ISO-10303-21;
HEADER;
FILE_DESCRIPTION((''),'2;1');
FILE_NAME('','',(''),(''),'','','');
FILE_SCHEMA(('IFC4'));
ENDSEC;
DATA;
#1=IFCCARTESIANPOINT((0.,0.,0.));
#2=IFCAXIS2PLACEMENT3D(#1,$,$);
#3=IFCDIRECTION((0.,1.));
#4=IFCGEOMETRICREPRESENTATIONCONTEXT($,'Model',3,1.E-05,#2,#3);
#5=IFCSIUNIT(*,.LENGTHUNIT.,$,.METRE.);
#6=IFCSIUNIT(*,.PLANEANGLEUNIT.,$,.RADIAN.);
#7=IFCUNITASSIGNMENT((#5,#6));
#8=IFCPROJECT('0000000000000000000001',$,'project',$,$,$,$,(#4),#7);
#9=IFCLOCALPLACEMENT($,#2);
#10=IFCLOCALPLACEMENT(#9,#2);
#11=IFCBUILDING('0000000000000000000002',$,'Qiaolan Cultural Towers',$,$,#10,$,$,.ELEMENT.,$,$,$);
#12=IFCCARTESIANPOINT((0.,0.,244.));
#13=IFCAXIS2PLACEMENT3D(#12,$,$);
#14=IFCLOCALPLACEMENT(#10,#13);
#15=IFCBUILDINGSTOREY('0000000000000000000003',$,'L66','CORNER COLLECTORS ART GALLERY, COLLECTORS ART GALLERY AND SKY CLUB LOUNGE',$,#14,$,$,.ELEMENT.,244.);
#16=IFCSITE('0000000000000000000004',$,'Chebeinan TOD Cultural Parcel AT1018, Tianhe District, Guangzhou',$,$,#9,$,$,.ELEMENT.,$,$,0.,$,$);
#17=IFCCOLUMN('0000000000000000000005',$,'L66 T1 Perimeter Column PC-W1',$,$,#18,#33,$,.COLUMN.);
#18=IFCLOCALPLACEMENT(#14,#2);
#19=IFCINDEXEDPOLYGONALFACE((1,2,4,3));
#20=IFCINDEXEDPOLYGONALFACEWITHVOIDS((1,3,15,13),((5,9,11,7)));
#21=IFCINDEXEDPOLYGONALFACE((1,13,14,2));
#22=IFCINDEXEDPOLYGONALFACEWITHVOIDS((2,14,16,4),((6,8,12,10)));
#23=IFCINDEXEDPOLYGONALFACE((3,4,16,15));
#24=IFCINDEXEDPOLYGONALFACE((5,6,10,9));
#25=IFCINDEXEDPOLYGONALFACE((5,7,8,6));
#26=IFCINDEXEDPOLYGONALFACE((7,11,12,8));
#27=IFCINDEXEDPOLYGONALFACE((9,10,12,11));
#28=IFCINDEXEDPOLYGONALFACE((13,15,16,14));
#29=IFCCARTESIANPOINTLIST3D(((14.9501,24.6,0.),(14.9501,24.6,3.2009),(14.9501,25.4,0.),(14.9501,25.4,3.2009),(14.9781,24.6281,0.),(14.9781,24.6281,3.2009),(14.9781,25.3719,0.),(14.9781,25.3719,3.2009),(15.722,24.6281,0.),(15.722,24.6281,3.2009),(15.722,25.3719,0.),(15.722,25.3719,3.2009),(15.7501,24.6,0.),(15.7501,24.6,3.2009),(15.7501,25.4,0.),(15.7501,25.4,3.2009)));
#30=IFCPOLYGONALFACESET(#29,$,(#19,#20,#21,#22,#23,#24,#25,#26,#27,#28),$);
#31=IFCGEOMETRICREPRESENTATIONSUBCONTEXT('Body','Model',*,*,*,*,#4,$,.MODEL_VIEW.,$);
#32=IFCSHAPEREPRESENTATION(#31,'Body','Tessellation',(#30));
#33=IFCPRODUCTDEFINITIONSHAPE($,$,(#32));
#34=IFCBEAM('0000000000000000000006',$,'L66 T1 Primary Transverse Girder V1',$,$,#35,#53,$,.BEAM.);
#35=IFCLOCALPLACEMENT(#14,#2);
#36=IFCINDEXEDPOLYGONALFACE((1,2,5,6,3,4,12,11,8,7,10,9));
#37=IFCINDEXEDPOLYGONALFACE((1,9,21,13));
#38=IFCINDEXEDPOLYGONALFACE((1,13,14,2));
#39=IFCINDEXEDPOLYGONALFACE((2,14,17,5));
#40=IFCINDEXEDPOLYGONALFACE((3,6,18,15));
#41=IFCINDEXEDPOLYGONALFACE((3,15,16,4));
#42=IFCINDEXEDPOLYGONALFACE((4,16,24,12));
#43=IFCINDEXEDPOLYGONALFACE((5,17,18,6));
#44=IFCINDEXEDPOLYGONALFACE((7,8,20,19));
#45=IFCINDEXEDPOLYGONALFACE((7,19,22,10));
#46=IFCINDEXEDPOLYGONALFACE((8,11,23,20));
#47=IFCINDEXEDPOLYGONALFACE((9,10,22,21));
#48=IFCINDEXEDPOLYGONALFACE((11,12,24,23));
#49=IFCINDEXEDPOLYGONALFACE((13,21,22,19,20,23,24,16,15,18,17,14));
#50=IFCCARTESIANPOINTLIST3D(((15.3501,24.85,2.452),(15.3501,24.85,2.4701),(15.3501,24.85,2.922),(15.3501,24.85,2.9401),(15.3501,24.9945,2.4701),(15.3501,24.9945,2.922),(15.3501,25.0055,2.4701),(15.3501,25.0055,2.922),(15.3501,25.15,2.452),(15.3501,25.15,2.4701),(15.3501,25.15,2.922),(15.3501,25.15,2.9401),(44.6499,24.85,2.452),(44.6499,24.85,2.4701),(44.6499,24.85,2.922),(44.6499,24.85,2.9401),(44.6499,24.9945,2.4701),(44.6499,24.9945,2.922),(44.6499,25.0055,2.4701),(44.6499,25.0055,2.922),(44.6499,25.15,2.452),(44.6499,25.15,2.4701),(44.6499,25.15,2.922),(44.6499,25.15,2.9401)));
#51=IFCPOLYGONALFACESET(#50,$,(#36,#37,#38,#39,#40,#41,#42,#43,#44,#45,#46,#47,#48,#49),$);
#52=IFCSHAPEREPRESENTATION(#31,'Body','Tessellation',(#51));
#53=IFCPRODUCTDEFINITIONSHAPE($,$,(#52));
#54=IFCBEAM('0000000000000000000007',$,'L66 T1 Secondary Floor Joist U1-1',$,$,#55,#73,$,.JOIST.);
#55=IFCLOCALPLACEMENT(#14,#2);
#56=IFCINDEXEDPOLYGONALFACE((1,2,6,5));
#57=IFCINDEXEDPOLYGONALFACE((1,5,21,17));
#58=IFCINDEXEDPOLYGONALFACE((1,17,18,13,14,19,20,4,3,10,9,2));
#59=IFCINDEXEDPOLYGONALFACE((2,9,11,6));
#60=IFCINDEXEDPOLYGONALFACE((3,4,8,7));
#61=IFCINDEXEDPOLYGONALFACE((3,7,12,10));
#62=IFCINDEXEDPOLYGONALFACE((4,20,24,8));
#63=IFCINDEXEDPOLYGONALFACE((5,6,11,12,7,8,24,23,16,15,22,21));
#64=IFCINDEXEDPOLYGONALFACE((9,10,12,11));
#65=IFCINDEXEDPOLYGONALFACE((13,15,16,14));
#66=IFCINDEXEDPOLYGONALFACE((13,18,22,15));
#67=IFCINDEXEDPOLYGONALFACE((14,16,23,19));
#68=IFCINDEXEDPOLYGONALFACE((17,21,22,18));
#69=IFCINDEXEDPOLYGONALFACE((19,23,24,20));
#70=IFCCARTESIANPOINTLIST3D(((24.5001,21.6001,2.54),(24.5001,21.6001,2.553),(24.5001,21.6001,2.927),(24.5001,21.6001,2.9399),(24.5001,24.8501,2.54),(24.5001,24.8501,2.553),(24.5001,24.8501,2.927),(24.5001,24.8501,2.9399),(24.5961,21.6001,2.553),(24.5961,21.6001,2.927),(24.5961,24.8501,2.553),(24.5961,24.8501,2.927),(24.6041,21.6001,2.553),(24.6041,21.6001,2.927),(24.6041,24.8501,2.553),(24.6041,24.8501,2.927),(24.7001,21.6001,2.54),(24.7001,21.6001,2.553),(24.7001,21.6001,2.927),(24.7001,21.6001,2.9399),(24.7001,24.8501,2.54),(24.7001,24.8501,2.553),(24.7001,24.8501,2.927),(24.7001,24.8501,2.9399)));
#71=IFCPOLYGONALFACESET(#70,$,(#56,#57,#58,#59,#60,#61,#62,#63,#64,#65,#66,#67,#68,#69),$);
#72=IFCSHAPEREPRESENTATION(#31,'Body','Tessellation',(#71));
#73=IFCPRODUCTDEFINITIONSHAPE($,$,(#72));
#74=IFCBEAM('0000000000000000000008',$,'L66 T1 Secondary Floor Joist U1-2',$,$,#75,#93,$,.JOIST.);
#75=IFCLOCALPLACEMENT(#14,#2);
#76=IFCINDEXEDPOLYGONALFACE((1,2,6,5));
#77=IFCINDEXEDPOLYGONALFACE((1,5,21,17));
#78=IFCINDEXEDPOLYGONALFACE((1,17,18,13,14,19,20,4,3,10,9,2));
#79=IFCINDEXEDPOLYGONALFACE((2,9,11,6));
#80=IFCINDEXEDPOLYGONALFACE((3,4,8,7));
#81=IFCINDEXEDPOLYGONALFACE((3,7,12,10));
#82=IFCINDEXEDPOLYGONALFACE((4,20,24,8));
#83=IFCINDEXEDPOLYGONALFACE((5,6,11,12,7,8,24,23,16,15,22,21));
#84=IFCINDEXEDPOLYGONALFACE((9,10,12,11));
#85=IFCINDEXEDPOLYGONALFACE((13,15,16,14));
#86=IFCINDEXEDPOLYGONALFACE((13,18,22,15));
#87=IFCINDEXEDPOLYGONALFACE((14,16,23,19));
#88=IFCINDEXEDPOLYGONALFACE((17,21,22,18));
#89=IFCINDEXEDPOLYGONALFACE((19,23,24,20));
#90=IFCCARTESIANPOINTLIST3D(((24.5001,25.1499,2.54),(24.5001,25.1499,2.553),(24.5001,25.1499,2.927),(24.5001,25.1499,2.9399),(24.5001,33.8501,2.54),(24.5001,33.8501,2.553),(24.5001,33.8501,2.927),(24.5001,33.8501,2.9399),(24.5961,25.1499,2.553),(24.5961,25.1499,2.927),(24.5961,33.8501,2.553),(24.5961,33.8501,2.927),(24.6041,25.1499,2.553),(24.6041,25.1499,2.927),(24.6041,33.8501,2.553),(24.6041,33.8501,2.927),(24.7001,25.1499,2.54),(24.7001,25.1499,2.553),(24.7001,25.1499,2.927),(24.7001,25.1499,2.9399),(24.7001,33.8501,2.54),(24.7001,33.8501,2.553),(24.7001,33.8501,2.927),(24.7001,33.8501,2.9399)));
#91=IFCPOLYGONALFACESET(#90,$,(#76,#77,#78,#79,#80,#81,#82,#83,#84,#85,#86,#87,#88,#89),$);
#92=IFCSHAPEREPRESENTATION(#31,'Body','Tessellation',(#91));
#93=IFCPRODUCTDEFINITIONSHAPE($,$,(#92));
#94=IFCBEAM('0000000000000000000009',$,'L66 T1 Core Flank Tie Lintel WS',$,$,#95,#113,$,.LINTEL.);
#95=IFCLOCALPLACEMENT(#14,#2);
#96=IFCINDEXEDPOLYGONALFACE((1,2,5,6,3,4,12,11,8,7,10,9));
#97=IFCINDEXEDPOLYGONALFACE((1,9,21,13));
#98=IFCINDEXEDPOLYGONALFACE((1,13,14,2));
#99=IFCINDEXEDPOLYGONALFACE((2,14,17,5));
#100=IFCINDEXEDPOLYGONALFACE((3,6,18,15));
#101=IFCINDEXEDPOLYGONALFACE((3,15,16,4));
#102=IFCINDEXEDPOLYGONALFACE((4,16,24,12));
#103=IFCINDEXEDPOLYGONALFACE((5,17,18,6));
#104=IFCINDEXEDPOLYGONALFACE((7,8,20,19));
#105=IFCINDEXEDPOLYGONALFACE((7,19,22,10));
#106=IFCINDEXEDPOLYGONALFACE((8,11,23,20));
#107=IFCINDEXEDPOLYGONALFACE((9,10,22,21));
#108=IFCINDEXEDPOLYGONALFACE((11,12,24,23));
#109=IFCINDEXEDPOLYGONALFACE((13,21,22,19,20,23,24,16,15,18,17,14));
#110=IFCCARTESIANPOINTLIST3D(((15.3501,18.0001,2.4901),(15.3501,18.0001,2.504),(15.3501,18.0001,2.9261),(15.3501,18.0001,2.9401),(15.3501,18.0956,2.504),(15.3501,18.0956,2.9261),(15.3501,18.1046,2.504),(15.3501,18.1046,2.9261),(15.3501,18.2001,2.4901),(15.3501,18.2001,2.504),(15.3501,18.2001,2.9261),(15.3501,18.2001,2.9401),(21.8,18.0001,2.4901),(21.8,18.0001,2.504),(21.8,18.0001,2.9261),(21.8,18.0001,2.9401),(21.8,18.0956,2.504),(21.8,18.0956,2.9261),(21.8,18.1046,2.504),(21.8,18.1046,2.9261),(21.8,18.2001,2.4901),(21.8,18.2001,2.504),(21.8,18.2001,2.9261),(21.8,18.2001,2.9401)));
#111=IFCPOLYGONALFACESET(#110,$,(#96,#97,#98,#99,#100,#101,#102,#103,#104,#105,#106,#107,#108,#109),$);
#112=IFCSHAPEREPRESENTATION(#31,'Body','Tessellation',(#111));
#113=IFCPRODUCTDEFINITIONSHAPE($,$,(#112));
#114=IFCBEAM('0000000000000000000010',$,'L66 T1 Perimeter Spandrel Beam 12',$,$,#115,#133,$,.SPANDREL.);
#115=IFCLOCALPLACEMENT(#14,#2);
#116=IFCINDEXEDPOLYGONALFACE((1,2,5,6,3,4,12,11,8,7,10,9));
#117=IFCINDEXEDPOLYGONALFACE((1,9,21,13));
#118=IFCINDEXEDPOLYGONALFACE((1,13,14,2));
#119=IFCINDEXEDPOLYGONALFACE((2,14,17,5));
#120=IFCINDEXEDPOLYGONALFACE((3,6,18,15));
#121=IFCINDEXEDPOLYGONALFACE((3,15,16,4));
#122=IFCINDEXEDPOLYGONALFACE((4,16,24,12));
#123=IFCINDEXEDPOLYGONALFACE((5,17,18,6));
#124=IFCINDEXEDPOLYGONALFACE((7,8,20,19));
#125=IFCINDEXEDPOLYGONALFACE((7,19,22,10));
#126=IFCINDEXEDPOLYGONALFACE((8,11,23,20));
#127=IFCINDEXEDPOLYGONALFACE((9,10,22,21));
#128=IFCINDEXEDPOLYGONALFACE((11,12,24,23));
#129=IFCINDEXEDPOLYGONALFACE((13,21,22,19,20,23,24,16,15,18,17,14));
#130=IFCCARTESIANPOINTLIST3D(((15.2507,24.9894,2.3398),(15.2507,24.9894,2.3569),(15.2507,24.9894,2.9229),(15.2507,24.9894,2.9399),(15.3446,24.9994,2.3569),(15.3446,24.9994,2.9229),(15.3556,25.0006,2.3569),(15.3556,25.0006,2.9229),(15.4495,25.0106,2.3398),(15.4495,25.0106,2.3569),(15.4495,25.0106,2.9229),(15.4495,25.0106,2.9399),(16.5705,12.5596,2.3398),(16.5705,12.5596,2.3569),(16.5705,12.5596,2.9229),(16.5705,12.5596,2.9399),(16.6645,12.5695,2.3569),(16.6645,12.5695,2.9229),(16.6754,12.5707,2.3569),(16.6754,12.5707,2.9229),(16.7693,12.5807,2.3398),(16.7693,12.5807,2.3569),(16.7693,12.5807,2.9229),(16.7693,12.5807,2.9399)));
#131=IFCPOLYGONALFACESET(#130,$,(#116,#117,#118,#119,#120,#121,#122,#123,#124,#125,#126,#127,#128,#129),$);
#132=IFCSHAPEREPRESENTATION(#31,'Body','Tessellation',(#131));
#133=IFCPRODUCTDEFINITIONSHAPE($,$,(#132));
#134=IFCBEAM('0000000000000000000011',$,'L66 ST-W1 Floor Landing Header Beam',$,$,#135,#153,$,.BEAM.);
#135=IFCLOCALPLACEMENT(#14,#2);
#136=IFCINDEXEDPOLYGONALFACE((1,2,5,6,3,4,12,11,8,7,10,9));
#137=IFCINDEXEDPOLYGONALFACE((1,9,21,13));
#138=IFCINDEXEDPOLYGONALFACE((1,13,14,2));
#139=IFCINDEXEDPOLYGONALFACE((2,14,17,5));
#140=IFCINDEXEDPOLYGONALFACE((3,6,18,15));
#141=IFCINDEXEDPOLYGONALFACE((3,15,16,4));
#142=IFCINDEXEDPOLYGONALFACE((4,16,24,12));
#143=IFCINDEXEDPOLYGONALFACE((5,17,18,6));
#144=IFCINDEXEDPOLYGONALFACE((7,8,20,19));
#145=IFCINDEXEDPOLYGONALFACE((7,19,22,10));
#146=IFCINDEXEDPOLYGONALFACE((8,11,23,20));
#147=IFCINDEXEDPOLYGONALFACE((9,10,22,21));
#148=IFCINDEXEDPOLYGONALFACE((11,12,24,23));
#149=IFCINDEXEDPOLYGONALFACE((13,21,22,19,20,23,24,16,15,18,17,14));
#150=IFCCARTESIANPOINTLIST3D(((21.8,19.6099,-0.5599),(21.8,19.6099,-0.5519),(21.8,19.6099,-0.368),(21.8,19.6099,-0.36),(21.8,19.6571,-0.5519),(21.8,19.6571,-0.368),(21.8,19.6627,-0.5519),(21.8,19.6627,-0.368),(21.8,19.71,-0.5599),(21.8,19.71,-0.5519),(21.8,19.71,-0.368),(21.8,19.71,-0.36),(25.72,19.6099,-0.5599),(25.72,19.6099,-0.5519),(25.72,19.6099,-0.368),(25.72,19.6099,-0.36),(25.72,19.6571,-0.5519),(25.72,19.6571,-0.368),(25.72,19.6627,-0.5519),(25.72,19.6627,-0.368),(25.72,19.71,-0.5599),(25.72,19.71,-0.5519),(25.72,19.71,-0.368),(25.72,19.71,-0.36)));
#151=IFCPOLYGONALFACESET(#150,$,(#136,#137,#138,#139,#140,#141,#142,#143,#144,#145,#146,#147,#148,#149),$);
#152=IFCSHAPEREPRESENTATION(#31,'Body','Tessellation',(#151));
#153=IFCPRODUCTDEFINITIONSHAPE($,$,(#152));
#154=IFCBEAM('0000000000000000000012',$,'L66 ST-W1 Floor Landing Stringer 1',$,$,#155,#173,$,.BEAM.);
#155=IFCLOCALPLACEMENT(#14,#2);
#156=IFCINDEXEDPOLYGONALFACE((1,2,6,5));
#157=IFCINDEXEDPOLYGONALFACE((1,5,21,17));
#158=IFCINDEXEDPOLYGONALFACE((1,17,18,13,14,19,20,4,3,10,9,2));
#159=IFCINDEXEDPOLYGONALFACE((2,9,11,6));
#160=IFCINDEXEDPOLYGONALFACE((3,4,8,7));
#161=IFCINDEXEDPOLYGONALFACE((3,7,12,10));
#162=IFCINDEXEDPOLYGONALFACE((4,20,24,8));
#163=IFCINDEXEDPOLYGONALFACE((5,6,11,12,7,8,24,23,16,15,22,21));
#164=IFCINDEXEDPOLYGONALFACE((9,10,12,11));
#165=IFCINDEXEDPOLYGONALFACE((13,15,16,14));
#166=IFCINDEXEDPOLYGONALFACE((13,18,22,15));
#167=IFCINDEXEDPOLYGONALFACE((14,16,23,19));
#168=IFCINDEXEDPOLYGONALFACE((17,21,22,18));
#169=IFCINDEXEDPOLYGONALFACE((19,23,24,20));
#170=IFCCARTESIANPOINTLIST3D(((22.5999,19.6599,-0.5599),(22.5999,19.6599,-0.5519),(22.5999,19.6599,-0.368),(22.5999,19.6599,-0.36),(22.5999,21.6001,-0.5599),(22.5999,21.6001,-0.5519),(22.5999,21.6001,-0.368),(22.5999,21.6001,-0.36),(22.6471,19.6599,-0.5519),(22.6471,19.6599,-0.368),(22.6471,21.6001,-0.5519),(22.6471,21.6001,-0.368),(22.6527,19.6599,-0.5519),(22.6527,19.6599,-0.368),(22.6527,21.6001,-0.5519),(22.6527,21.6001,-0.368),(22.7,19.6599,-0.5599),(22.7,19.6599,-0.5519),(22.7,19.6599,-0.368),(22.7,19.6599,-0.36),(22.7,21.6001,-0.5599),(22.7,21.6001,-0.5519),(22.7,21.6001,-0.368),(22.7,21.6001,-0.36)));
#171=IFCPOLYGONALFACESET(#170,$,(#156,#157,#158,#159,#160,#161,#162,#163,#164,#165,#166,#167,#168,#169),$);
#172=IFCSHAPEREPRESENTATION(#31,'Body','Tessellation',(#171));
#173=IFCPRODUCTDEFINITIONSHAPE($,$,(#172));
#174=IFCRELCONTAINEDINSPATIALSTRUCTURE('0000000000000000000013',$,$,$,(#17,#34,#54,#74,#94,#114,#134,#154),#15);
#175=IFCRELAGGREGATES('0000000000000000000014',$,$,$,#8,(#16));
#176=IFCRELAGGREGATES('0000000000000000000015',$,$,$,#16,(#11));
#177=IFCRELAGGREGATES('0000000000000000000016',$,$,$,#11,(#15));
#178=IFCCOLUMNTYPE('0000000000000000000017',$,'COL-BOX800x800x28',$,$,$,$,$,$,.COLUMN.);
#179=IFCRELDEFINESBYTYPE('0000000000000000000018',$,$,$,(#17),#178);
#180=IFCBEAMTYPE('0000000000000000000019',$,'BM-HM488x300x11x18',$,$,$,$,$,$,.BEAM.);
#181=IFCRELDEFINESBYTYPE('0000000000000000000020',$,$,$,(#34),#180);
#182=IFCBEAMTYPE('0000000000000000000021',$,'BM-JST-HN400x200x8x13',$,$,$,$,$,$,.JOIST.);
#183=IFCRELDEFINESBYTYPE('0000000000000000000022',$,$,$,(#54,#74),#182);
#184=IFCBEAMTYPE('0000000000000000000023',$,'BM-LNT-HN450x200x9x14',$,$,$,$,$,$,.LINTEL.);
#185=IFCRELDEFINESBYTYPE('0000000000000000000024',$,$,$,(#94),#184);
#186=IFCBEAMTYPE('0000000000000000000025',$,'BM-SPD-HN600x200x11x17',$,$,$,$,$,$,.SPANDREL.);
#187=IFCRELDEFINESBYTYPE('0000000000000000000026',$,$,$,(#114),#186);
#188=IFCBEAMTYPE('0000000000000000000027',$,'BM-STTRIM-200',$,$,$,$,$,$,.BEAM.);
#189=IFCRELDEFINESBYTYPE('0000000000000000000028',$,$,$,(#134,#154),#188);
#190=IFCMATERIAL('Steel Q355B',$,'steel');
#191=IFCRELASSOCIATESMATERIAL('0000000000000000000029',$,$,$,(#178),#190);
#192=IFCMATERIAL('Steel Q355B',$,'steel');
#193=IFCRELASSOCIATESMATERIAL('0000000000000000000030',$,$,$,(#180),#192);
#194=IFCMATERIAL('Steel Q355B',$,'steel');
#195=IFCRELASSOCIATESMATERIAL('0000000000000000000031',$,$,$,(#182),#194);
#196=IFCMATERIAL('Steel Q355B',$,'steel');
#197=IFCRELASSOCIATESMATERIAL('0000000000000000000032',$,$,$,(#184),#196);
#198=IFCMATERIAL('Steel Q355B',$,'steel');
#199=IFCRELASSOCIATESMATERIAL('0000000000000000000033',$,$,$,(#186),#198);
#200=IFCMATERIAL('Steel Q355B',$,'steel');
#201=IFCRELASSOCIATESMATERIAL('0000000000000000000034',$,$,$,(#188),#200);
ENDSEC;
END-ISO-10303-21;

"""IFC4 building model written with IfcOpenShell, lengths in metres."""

from ifc_helpers import new_model, si_unit, direction, frame, origin, origin_2d, place, context, subcontext, project, spatial, hollow_rectangle, i_section, extrude, material, material_profile, profile_set, type_object, element, save


model = new_model("IFC4")

# Units and contexts
model_context = context("Model", 3, precision=1e-05, world=origin(), true_north=direction((0.0, 1.0)))
body_context = subcontext(model_context, "Body", "Model", "MODEL_VIEW")
ifc_project = project(units=[si_unit("LENGTHUNIT", "METRE"), si_unit("PLANEANGLEUNIT", "RADIAN")], contexts=[model_context])

# Site, building, storey
site_placement = place(None, origin())
site = spatial("IfcSite", under=ifc_project, at=site_placement, Name="Chebeinan TOD Cultural Parcel AT1018, Tianhe District, Guangzhou", CompositionType="ELEMENT", RefElevation=0.0)
building_placement = place(site_placement, origin())
building = spatial("IfcBuilding", under=site, at=building_placement, Name="Qiaolan Cultural Towers", CompositionType="ELEMENT")
storey_placement = place(building_placement, frame((0.0, 0.0, 244.0)))
storey = spatial("IfcBuildingStorey", under=building, at=storey_placement, Name="L66", Description="CORNER COLLECTORS ART GALLERY, COLLECTORS ART GALLERY AND SKY CLUB LOUNGE", CompositionType="ELEMENT", Elevation=244.0)

# Column
ifc_material_1 = material(Name="Steel Q355B", Category="steel")
ifc_material_profile_1 = material_profile(ifc_material_1, hollow_rectangle(XDim=0.8, YDim=0.8, WallThickness=0.0281, at=origin_2d()), Name="BOX800x800x28")
ifc_profile_set_1 = profile_set([ifc_material_profile_1], Name="Steel Q355B")
column_type = type_object("IfcColumnType", Name="COL-BOX800x800x28", PredefinedType="COLUMN", material=ifc_profile_set_1)
column_placement = place(storey_placement, frame((15.3501, 25.0, 0.0), z_axis=(0.0, 0.0, 1.0), x_axis=(1.0, 0.0, 0.0)))
element("IfcColumn", 1, at=column_placement, inside=storey, type_object=column_type, Name="L66 T1 Perimeter Column PC-W1", PredefinedType="COLUMN", context=body_context, shape_type="SweptSolid", body=[
    extrude(hollow_rectangle(XDim=0.8, YDim=0.8, WallThickness=0.0281, at=origin_2d()), origin(), (0.0, 0.0, 1.0), 3.2009),
])

# Beams
ifc_material_2 = material(Name="Steel Q355B", Category="steel")
ifc_material_profile_2 = material_profile(ifc_material_2, i_section(OverallWidth=0.3, OverallDepth=0.488, WebThickness=0.011, FlangeThickness=0.0181, at=origin_2d()), Name="HM488x300x11x18")
ifc_profile_set_2 = profile_set([ifc_material_profile_2], Name="Steel Q355B")
beam_type_1 = type_object("IfcBeamType", Name="BM-HM488x300x11x18", PredefinedType="BEAM", material=ifc_profile_set_2)
beam_1_placement = place(storey_placement, frame((15.3501, 25.0, 2.696), z_axis=(1.0, 0.0, 0.0), x_axis=(0.0, 1.0, 0.0)))
element("IfcBeam", 2, at=beam_1_placement, inside=storey, type_object=beam_type_1, Name="L66 T1 Primary Transverse Girder V1", PredefinedType="BEAM", context=body_context, shape_type="SweptSolid", body=[
    extrude(i_section(OverallWidth=0.3, OverallDepth=0.488, WebThickness=0.011, FlangeThickness=0.0181, at=origin_2d()), origin(), (0.0, 0.0, 1.0), 29.2998),
])
ifc_material_3 = material(Name="Steel Q355B", Category="steel")
ifc_material_profile_3 = material_profile(ifc_material_3, i_section(OverallWidth=0.2, OverallDepth=0.3999, WebThickness=0.0081, FlangeThickness=0.0129, at=origin_2d()), Name="HN400x200x8x13")
ifc_profile_set_3 = profile_set([ifc_material_profile_3], Name="Steel Q355B")
beam_type_2 = type_object("IfcBeamType", Name="BM-JST-HN400x200x8x13", PredefinedType="JOIST", material=ifc_profile_set_3)
beam_2_placement = place(storey_placement, frame((24.6001, 21.6001, 2.74), z_axis=(0.0, 1.0, 0.0), x_axis=(-1.0, 0.0, 0.0)))
element("IfcBeam", 3, at=beam_2_placement, inside=storey, type_object=beam_type_2, Name="L66 T1 Secondary Floor Joist U1-1", PredefinedType="JOIST", context=body_context, shape_type="SweptSolid", body=[
    extrude(i_section(OverallWidth=0.2, OverallDepth=0.3999, WebThickness=0.0081, FlangeThickness=0.0129, at=origin_2d()), origin(), (0.0, 0.0, 1.0), 3.25),
])
beam_3_placement = place(storey_placement, frame((24.6001, 25.1499, 2.74), z_axis=(0.0, 1.0, 0.0), x_axis=(-1.0, 0.0, 0.0)))
element("IfcBeam", 4, at=beam_3_placement, inside=storey, type_object=beam_type_2, Name="L66 T1 Secondary Floor Joist U1-2", PredefinedType="JOIST", context=body_context, shape_type="SweptSolid", body=[
    extrude(i_section(OverallWidth=0.2, OverallDepth=0.3999, WebThickness=0.0081, FlangeThickness=0.0129, at=origin_2d()), origin(), (0.0, 0.0, 1.0), 8.7002),
])
ifc_material_4 = material(Name="Steel Q355B", Category="steel")
ifc_material_profile_4 = material_profile(ifc_material_4, i_section(OverallWidth=0.2, OverallDepth=0.45, WebThickness=0.009, FlangeThickness=0.0139, at=origin_2d()), Name="HN450x200x9x14")
ifc_profile_set_4 = profile_set([ifc_material_profile_4], Name="Steel Q355B")
beam_type_3 = type_object("IfcBeamType", Name="BM-LNT-HN450x200x9x14", PredefinedType="LINTEL", material=ifc_profile_set_4)
beam_4_placement = place(storey_placement, frame((21.8, 18.1001, 2.7151), z_axis=(-1.0, 0.0, 0.0), x_axis=(0.0, -1.0, 0.0)))
element("IfcBeam", 5, at=beam_4_placement, inside=storey, type_object=beam_type_3, Name="L66 T1 Core Flank Tie Lintel WS", PredefinedType="LINTEL", context=body_context, shape_type="SweptSolid", body=[
    extrude(i_section(OverallWidth=0.2, OverallDepth=0.45, WebThickness=0.009, FlangeThickness=0.0139, at=origin_2d()), origin(), (0.0, 0.0, 1.0), 6.45),
])
ifc_material_5 = material(Name="Steel Q355B", Category="steel")
ifc_material_profile_5 = material_profile(ifc_material_5, i_section(OverallWidth=0.2, OverallDepth=0.6001, WebThickness=0.011, FlangeThickness=0.0171, at=origin_2d()), Name="HN600x200x11x17")
ifc_profile_set_5 = profile_set([ifc_material_profile_5], Name="Steel Q355B")
beam_type_4 = type_object("IfcBeamType", Name="BM-SPD-HN600x200x11x17", PredefinedType="SPANDREL", material=ifc_profile_set_5)
beam_5_placement = place(storey_placement, frame((15.3501, 25.0, 2.6399), z_axis=(0.105588, -0.99441, 0.0), x_axis=(0.99441, 0.105588, 0.0)))
element("IfcBeam", 6, at=beam_5_placement, inside=storey, type_object=beam_type_4, Name="L66 T1 Perimeter Spandrel Beam 12", PredefinedType="SPANDREL", context=body_context, shape_type="SweptSolid", body=[
    extrude(i_section(OverallWidth=0.2, OverallDepth=0.6001, WebThickness=0.011, FlangeThickness=0.0171, at=origin_2d()), origin(), (0.0, 0.0, 1.0), 12.4998),
])
ifc_material_6 = material(Name="Steel Q355B", Category="steel")
ifc_material_profile_6 = material_profile(ifc_material_6, i_section(OverallWidth=0.1001, OverallDepth=0.2, WebThickness=0.0056, FlangeThickness=0.0081, at=origin_2d()), Name="HN200x100x5.5x8")
ifc_profile_set_6 = profile_set([ifc_material_profile_6], Name="Steel Q355B")
beam_type_5 = type_object("IfcBeamType", Name="BM-STTRIM-200", PredefinedType="BEAM", material=ifc_profile_set_6)
beam_6_placement = place(storey_placement, frame((21.8, 19.6599, -0.46), z_axis=(1.0, 0.0, 0.0), x_axis=(0.0, 1.0, 0.0)))
element("IfcBeam", 7, at=beam_6_placement, inside=storey, type_object=beam_type_5, Name="L66 ST-W1 Floor Landing Header Beam", PredefinedType="BEAM", context=body_context, shape_type="SweptSolid", body=[
    extrude(i_section(OverallWidth=0.1001, OverallDepth=0.2, WebThickness=0.0056, FlangeThickness=0.0081, at=origin_2d()), origin(), (0.0, 0.0, 1.0), 3.9199),
])
beam_7_placement = place(storey_placement, frame((22.6499, 21.6001, -0.46), z_axis=(0.0, -1.0, 0.0), x_axis=(1.0, 0.0, 0.0)))
element("IfcBeam", 8, at=beam_7_placement, inside=storey, type_object=beam_type_5, Name="L66 ST-W1 Floor Landing Stringer 1", PredefinedType="BEAM", context=body_context, shape_type="SweptSolid", body=[
    extrude(i_section(OverallWidth=0.1001, OverallDepth=0.2, WebThickness=0.0056, FlangeThickness=0.0081, at=origin_2d()), origin(), (0.0, 0.0, 1.0), 1.9402),
])

save(model, "model.ifc")
